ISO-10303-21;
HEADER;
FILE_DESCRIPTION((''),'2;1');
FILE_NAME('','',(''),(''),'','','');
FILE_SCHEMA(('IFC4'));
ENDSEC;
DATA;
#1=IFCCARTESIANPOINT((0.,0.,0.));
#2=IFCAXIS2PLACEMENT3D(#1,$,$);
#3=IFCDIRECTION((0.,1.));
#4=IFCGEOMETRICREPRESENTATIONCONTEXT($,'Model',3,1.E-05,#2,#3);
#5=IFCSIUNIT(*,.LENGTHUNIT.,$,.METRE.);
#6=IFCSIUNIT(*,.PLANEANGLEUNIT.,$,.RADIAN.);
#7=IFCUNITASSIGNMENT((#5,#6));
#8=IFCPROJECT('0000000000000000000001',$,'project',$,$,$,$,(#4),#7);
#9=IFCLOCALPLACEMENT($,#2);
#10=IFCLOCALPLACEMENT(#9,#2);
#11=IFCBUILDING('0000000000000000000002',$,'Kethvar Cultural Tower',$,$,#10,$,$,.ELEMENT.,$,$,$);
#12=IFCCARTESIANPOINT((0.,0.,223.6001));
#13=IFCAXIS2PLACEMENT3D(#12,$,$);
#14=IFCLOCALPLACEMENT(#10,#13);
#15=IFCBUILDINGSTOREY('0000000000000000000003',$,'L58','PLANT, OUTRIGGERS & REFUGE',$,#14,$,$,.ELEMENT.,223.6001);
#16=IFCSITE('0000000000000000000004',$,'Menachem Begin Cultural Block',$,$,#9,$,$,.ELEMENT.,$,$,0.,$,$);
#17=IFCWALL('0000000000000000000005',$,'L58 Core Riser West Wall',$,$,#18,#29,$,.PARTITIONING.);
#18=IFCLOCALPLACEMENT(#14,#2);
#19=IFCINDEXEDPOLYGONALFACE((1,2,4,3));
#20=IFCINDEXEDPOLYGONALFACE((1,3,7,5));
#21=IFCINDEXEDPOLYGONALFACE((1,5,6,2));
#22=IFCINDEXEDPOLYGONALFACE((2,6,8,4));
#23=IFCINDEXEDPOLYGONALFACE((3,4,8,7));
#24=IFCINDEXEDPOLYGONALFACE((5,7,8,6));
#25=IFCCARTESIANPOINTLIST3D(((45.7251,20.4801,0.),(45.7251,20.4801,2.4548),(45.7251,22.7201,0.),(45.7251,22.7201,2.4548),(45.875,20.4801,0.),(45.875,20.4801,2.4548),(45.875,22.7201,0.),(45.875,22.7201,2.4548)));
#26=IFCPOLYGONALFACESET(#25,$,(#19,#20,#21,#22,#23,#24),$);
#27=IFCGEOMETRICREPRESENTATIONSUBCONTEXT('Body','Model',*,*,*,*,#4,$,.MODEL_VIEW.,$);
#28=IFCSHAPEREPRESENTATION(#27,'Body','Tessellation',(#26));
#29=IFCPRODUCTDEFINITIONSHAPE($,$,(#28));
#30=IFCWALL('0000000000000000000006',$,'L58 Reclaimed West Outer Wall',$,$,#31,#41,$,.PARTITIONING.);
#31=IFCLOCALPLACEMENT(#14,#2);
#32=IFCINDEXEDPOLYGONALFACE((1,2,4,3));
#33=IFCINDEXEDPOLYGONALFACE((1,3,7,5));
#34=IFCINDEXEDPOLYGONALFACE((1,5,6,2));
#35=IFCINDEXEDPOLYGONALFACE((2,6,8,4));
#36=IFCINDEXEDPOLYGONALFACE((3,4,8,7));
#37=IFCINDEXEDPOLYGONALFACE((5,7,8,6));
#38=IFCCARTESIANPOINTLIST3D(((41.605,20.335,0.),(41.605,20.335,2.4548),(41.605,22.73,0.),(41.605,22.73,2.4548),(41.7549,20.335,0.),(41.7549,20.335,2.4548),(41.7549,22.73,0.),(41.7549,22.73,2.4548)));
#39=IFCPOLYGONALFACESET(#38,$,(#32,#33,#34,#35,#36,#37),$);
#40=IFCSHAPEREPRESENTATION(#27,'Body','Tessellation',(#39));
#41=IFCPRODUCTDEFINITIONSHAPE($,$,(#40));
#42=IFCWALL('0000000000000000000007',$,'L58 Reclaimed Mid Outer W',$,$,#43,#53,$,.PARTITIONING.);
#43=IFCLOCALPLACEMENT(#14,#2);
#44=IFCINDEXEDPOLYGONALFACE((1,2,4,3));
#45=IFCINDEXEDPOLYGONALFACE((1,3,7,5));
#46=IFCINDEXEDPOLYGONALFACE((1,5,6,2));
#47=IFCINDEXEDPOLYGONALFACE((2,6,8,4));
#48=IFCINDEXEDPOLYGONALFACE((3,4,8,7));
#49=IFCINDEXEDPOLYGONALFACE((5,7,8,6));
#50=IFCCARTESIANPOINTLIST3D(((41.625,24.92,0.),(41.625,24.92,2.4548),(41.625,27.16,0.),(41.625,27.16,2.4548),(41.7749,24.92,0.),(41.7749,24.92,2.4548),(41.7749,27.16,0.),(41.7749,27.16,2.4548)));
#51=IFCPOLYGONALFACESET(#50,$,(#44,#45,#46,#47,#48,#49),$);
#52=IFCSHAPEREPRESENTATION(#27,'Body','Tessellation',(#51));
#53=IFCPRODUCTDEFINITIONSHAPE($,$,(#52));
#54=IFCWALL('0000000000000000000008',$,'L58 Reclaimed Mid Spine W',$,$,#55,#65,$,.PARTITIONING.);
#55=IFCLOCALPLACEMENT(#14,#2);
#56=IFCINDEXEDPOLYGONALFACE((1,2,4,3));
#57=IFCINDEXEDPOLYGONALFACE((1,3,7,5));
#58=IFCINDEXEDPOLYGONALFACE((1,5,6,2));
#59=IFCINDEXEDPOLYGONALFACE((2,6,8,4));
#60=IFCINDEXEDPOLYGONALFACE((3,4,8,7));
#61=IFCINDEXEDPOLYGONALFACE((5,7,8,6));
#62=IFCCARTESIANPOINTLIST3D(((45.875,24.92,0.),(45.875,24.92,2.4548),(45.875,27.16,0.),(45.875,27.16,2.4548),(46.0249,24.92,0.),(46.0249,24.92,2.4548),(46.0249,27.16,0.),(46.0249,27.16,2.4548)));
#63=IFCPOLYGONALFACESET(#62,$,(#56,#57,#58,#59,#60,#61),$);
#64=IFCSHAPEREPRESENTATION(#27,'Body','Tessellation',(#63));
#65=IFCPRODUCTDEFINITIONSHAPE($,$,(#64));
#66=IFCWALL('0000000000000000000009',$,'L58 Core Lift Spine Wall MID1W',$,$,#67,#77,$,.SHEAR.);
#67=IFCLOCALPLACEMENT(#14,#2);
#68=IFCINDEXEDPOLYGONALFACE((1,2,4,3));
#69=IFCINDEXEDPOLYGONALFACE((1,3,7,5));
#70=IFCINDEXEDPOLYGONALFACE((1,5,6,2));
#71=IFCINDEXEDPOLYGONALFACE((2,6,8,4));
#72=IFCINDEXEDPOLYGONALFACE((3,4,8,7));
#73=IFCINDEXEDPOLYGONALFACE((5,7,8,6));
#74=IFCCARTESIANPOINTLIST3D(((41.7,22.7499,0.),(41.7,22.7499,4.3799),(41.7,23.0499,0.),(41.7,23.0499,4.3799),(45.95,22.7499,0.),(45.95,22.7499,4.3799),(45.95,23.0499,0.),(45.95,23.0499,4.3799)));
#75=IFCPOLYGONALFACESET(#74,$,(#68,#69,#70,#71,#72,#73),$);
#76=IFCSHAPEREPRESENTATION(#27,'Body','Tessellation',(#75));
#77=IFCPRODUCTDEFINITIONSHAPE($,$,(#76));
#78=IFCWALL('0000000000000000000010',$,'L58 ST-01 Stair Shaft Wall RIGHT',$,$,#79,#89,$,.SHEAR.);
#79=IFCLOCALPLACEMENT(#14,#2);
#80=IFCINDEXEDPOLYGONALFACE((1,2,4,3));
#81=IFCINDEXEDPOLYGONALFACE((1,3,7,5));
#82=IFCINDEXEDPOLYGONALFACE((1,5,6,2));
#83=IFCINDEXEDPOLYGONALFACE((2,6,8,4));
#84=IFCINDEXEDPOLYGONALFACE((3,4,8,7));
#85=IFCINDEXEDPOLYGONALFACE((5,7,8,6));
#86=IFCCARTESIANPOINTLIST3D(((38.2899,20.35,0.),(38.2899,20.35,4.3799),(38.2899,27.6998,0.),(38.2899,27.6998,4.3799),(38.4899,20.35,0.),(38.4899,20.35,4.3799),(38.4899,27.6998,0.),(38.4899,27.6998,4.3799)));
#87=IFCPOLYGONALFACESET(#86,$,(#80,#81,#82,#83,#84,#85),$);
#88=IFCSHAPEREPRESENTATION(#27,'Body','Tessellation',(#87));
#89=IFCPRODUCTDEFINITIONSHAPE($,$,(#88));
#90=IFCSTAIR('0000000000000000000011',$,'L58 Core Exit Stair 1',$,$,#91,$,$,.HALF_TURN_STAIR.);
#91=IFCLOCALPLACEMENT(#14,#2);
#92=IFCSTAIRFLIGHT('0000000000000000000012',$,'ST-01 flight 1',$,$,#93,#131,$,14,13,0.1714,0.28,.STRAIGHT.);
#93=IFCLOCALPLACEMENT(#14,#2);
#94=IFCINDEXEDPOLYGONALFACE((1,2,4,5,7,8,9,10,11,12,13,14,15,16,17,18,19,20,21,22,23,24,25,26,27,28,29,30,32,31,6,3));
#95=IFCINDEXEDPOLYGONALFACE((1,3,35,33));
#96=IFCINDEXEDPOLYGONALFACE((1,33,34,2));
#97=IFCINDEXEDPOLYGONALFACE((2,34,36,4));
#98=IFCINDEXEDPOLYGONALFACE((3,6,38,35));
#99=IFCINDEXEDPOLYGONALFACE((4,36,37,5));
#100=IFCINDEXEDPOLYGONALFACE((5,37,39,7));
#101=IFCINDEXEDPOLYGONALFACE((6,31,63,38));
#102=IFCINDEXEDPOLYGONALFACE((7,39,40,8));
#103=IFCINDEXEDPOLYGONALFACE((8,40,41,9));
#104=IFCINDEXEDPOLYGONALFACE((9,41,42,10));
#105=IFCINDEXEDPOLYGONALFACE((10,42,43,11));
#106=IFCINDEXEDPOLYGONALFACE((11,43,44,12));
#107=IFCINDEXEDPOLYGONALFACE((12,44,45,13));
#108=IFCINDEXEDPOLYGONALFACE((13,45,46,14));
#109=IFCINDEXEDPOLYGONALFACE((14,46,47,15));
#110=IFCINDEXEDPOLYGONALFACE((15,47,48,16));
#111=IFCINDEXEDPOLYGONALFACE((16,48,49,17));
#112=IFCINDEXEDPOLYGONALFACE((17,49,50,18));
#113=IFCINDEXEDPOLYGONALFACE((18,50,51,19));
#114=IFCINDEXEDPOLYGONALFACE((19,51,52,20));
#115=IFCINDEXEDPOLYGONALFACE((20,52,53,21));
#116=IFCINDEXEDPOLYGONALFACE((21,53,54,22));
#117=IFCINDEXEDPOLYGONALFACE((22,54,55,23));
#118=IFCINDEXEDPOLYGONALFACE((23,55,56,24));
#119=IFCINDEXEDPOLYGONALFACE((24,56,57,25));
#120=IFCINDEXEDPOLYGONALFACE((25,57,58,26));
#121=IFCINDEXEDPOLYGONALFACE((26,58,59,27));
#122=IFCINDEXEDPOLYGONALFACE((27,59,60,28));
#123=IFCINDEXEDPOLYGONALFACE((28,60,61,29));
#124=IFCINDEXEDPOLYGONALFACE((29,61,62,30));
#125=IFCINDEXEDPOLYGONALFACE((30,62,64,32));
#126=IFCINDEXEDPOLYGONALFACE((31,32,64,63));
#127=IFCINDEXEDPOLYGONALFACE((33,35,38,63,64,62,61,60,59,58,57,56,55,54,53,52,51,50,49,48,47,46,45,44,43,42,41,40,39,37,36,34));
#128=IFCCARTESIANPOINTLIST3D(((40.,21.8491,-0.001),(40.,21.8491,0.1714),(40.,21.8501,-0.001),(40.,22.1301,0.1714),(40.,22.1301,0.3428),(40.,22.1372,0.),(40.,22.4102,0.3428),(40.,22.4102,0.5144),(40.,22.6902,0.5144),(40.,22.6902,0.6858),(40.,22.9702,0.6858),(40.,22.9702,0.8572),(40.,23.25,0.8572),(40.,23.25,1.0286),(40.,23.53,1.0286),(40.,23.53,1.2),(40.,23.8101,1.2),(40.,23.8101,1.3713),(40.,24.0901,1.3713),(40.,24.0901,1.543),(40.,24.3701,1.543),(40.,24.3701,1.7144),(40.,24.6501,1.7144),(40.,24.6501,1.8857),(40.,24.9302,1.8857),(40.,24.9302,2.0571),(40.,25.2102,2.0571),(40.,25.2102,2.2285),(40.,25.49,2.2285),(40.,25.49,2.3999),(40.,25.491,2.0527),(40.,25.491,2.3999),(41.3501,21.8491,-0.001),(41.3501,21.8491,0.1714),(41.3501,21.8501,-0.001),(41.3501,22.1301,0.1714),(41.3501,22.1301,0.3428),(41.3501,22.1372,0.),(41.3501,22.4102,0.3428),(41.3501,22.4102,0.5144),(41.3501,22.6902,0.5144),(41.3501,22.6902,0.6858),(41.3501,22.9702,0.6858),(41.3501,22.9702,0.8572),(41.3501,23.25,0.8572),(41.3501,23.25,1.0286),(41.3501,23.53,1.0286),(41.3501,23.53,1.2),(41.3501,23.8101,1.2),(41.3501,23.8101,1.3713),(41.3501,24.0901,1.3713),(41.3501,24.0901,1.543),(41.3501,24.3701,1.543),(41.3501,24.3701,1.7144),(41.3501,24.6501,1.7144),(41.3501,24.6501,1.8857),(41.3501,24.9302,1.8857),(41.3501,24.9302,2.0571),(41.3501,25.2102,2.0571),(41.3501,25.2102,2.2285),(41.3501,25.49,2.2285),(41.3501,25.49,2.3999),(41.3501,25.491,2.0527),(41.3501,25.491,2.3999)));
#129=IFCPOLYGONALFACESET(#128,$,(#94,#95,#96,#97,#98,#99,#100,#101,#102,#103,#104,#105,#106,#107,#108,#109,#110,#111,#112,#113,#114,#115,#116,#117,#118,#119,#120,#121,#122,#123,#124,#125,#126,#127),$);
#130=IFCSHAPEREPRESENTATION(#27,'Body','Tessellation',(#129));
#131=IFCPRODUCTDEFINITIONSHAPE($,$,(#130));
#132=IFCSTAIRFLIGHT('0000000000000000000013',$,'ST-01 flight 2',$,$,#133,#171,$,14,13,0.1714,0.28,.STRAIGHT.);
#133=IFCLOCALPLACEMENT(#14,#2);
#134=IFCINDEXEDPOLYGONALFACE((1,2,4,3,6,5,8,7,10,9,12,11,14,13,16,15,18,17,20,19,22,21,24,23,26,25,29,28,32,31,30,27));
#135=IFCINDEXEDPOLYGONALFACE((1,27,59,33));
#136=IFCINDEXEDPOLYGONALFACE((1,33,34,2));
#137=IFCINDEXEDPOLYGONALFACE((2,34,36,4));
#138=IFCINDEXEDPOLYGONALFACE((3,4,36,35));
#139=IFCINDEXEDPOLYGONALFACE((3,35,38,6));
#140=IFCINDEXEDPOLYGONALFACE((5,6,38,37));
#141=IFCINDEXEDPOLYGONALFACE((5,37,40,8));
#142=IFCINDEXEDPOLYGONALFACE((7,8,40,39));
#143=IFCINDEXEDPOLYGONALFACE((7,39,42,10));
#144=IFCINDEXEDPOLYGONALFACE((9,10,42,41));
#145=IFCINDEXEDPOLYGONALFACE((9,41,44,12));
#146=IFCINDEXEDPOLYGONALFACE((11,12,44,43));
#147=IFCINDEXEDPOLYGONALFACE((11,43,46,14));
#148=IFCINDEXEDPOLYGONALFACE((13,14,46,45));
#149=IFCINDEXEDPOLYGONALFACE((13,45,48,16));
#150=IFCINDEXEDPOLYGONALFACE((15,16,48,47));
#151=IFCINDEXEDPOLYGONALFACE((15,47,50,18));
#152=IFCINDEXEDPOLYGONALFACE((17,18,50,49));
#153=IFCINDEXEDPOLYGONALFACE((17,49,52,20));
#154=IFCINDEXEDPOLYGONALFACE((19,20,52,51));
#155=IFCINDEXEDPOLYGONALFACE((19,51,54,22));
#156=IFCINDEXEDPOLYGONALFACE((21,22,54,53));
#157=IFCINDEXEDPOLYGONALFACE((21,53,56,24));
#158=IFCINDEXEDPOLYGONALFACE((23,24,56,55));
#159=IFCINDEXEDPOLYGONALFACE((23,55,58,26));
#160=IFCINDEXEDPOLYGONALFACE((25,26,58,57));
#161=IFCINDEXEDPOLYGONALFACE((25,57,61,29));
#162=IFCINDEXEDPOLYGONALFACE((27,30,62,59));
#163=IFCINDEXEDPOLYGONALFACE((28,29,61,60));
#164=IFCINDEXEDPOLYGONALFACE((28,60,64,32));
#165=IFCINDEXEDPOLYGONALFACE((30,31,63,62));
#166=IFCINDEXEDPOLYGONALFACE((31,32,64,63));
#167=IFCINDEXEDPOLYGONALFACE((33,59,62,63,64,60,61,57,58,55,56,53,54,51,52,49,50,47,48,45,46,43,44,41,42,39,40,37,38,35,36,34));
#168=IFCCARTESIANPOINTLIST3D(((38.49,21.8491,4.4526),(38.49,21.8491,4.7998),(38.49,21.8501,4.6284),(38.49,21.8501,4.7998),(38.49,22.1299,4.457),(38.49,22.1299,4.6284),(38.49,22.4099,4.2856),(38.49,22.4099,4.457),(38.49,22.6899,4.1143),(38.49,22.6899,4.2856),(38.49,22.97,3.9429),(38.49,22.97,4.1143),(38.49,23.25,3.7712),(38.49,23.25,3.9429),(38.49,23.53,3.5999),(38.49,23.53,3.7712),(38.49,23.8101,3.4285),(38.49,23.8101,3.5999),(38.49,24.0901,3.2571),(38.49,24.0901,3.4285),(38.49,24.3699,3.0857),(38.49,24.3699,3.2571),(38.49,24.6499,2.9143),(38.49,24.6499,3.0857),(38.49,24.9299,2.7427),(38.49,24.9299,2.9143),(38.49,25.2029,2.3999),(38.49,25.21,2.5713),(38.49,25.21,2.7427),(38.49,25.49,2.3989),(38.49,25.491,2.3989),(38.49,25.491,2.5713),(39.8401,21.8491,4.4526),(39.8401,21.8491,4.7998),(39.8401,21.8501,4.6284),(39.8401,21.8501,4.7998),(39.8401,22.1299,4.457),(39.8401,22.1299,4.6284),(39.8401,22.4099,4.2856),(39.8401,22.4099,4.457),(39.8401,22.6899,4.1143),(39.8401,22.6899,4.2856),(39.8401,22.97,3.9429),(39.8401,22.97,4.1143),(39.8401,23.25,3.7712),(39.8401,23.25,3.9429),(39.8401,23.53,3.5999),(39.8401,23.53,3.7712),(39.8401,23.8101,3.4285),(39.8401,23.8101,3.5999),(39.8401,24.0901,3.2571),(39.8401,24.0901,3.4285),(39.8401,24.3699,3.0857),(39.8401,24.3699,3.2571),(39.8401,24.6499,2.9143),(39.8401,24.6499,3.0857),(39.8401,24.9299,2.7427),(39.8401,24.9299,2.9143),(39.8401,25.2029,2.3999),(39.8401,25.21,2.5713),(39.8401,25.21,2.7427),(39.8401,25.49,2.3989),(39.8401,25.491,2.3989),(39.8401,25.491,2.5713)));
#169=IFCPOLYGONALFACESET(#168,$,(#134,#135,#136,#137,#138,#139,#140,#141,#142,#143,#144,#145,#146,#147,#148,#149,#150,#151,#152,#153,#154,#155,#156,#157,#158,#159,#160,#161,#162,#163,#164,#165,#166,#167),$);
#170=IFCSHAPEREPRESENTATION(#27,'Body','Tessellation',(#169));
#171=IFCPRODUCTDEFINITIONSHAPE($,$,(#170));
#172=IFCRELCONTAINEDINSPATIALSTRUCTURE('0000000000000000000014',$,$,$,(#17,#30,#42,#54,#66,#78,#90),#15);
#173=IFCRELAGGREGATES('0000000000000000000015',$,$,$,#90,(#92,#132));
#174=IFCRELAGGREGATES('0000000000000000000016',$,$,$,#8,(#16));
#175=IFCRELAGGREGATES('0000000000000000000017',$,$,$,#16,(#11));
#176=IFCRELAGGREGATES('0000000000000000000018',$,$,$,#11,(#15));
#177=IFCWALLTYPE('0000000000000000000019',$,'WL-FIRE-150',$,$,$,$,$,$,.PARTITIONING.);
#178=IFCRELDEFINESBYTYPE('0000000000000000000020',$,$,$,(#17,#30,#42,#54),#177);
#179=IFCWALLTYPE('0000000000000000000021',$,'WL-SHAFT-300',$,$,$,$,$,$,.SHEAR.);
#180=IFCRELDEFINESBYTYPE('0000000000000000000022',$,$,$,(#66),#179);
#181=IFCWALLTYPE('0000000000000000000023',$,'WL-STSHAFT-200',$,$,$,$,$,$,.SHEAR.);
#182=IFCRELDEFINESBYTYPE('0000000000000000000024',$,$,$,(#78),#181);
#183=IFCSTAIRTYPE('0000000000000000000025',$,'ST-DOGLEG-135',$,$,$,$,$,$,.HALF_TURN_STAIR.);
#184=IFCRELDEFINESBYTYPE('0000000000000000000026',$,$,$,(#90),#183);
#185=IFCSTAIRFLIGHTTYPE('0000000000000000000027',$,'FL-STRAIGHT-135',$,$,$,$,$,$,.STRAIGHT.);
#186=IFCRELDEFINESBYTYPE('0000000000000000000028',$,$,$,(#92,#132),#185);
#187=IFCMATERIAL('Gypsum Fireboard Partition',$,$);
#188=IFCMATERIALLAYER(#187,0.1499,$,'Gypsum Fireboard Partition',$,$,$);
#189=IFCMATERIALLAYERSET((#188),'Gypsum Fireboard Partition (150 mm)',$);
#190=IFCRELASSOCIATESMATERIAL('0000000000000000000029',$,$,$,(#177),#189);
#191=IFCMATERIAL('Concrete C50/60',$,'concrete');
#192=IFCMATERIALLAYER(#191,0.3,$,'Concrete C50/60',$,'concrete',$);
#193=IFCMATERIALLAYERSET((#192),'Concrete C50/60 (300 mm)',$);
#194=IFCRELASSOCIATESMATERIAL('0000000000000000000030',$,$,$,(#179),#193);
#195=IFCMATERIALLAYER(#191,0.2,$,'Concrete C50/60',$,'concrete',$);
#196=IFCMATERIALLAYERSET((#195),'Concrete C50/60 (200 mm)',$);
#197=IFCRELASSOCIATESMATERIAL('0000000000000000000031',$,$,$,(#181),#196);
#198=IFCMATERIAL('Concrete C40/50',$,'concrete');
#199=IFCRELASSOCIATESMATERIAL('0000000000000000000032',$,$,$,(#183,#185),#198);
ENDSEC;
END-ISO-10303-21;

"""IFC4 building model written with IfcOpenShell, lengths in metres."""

from ifc_helpers import new_model, si_unit, direction, frame, frame_2d, origin, place, context, subcontext, project, spatial, polyline, rectangle, outline, extrude, material, layer, layer_set, type_object, element, aggregate, save


model = new_model("IFC4")

# Units and contexts
model_context = context("Model", 3, precision=1e-05, world=origin(), true_north=direction((0.0, 1.0)))
body_context = subcontext(model_context, "Body", "Model", "MODEL_VIEW")
ifc_project = project(units=[si_unit("LENGTHUNIT", "METRE"), si_unit("PLANEANGLEUNIT", "RADIAN")], contexts=[model_context])

# Site, building, storey
site_placement = place(None, origin())
site = spatial("IfcSite", under=ifc_project, at=site_placement, Name="Menachem Begin Cultural Block", CompositionType="ELEMENT", RefElevation=0.0)
building_placement = place(site_placement, origin())
building = spatial("IfcBuilding", under=site, at=building_placement, Name="Kethvar Cultural Tower", CompositionType="ELEMENT")
storey_placement = place(building_placement, frame((0.0, 0.0, 223.6001)))
storey = spatial("IfcBuildingStorey", under=building, at=storey_placement, Name="L58", Description="PLANT, OUTRIGGERS & REFUGE", CompositionType="ELEMENT", Elevation=223.6001)

# Shared definitions
ifc_material_1 = material(Name="Gypsum Fireboard Partition")
ifc_layer_1 = layer(ifc_material_1, 0.1499, Name="Gypsum Fireboard Partition")
ifc_layer_set_1 = layer_set([ifc_layer_1], Name="Gypsum Fireboard Partition (150 mm)")
wall_type_1 = type_object("IfcWallType", Name="WL-FIRE-150", PredefinedType="PARTITIONING", material=ifc_layer_set_1)

# Walls
wall_1_placement = place(storey_placement, frame((45.8, 20.48, 0.0), z_axis=(0.0, 0.0, 1.0), x_axis=(0.0, 1.0, 0.0)))
element("IfcWall", 1, at=wall_1_placement, inside=storey, type_object=wall_type_1, Name="L58 Core Riser West Wall", PredefinedType="PARTITIONING", context=body_context, shape_type="SweptSolid", body=[
    extrude(rectangle(XDim=2.24, YDim=0.1499, at=frame_2d((1.1201, 0.0))), origin(), (0.0, 0.0, 1.0), 2.4548),
])
wall_2_placement = place(storey_placement, frame((41.6799, 20.335, 0.0), z_axis=(0.0, 0.0, 1.0), x_axis=(0.0, 1.0, 0.0)))
element("IfcWall", 2, at=wall_2_placement, inside=storey, type_object=wall_type_1, Name="L58 Reclaimed West Outer Wall", PredefinedType="PARTITIONING", context=body_context, shape_type="SweptSolid", body=[
    extrude(rectangle(XDim=2.395, YDim=0.1499, at=frame_2d((1.1975, 0.0))), origin(), (0.0, 0.0, 1.0), 2.4548),
])
for number, where, z_axis, x_axis, name in (
    (3, (41.7, 24.9199, 0.0), (0.0, 0.0, 1.0), (0.0, 1.0, 0.0), "L58 Reclaimed Mid Outer W"),
    (4, (45.95, 24.9199, 0.0), (0.0, 0.0, 1.0), (0.0, 1.0, 0.0), "L58 Reclaimed Mid Spine W"),
):
    element("IfcWall", number, at=place(storey_placement, frame(where, z_axis=z_axis, x_axis=x_axis)), inside=storey, type_object=wall_type_1, Name=name, PredefinedType="PARTITIONING", context=body_context, shape_type="SweptSolid", body=[
        extrude(rectangle(XDim=2.24, YDim=0.1499, at=frame_2d((1.1201, 0.0))), origin(), (0.0, 0.0, 1.0), 2.4548),
    ])
ifc_material_2 = material(Name="Concrete C50/60", Category="concrete")
ifc_layer_2 = layer(ifc_material_2, 0.3, Name="Concrete C50/60", Category="concrete")
ifc_layer_set_2 = layer_set([ifc_layer_2], Name="Concrete C50/60 (300 mm)")
wall_type_2 = type_object("IfcWallType", Name="WL-SHAFT-300", PredefinedType="SHEAR", material=ifc_layer_set_2)
wall_3_placement = place(storey_placement, frame((41.7, 22.8999, 0.0), z_axis=(0.0, 0.0, 1.0), x_axis=(1.0, 0.0, 0.0)))
element("IfcWall", 5, at=wall_3_placement, inside=storey, type_object=wall_type_2, Name="L58 Core Lift Spine Wall MID1W", PredefinedType="SHEAR", context=body_context, shape_type="SweptSolid", body=[
    extrude(rectangle(XDim=4.25, YDim=0.3, at=frame_2d((2.125, 0.0))), origin(), (0.0, 0.0, 1.0), 4.3799),
])

# Wall
ifc_layer_3 = layer(ifc_material_2, 0.2, Name="Concrete C50/60", Category="concrete")
ifc_layer_set_3 = layer_set([ifc_layer_3], Name="Concrete C50/60 (200 mm)")
wall_type_3 = type_object("IfcWallType", Name="WL-STSHAFT-200", PredefinedType="SHEAR", material=ifc_layer_set_3)
wall_4_placement = place(storey_placement, frame((38.3899, 20.3501, 0.0), z_axis=(0.0, 0.0, 1.0), x_axis=(0.0, 1.0, 0.0)))
element("IfcWall", 6, at=wall_4_placement, inside=storey, type_object=wall_type_3, Name="L58 ST-01 Stair Shaft Wall RIGHT", PredefinedType="SHEAR", context=body_context, shape_type="SweptSolid", body=[
    extrude(rectangle(XDim=7.3499, YDim=0.2, at=frame_2d((3.6748, 0.0))), origin(), (0.0, 0.0, 1.0), 4.3799),
])

# Stair, stair flights
ifc_material_3 = material(Name="Concrete C40/50", Category="concrete")
stair_type = type_object("IfcStairType", Name="ST-DOGLEG-135", PredefinedType="HALF_TURN_STAIR", material=ifc_material_3)
stair_placement = place(storey_placement, origin())
stair = element("IfcStair", 7, at=stair_placement, inside=storey, type_object=stair_type, Name="L58 Core Exit Stair 1", PredefinedType="HALF_TURN_STAIR")
stair_flight_type = type_object("IfcStairFlightType", Name="FL-STRAIGHT-135", PredefinedType="STRAIGHT", material=ifc_material_3)
stair_flight_1_placement = place(storey_placement, frame((40.675, 21.8501, 0.0), z_axis=(0.0, 0.0, 1.0), x_axis=(0.0, 1.0, 0.0)))
stair_flight_1 = element("IfcStairFlight", 8, at=stair_flight_1_placement, type_object=stair_flight_type, Name="ST-01 flight 1", NumberOfRisers=14, NumberOfTreads=13, PredefinedType="STRAIGHT", RiserHeight=0.1714, TreadLength=0.28, context=body_context, shape_type="SweptSolid", body=[
    extrude(outline(polyline([(-0.001, -0.001), (-0.001, 0.1714), (0.28, 0.1714), (0.28, 0.3428), (0.5601, 0.3428), (0.5601, 0.5144), (0.8401, 0.5144), (0.8401, 0.6858), (1.1201, 0.6858), (1.1201, 0.8572), (1.3999, 0.8572), (1.3999, 1.0286), (1.6799, 1.0286), (1.6799, 1.2), (1.96, 1.2), (1.96, 1.3713), (2.24, 1.3713), (2.24, 1.543), (2.52, 1.543), (2.52, 1.7144), (2.8, 1.7144), (2.8, 1.8857), (3.0801, 1.8857), (3.0801, 2.0571), (3.3601, 2.0571), (3.3601, 2.2285), (3.6399, 2.2285), (3.6399, 2.3999), (3.6409, 2.3999), (3.6409, 2.0527), (0.2871, 0.0), (0.0, -0.001), (-0.001, -0.001)])), frame((0.0, 0.675, 0.0), z_axis=(0.0, -1.0, 0.0), x_axis=(1.0, 0.0, 0.0)), (0.0, 0.0, 1.0), 1.3501),
])
stair_flight_2_placement = place(storey_placement, frame((39.165, 25.49, 2.3999), z_axis=(0.0, 0.0, 1.0), x_axis=(0.0, -1.0, 0.0)))
stair_flight_2 = element("IfcStairFlight", 9, at=stair_flight_2_placement, type_object=stair_flight_type, Name="ST-01 flight 2", NumberOfRisers=14, NumberOfTreads=13, PredefinedType="STRAIGHT", RiserHeight=0.1714, TreadLength=0.28, context=body_context, shape_type="SweptSolid", body=[
    extrude(outline(polyline([(-0.001, -0.001), (-0.001, 0.1714), (0.28, 0.1714), (0.28, 0.3428), (0.5601, 0.3428), (0.5601, 0.5144), (0.8401, 0.5144), (0.8401, 0.6858), (1.1201, 0.6858), (1.1201, 0.8572), (1.3999, 0.8572), (1.3999, 1.0286), (1.6799, 1.0286), (1.6799, 1.2), (1.96, 1.2), (1.96, 1.3713), (2.24, 1.3713), (2.24, 1.543), (2.52, 1.543), (2.52, 1.7144), (2.8, 1.7144), (2.8, 1.8857), (3.0801, 1.8857), (3.0801, 2.0571), (3.3601, 2.0571), (3.3601, 2.2285), (3.6399, 2.2285), (3.6399, 2.3999), (3.6409, 2.3999), (3.6409, 2.0527), (0.2871, 0.0), (0.0, -0.001), (-0.001, -0.001)])), frame((0.0, 0.675, 0.0), z_axis=(0.0, -1.0, 0.0), x_axis=(1.0, 0.0, 0.0)), (0.0, 0.0, 1.0), 1.3501),
])
aggregate(stair, [stair_flight_1, stair_flight_2])

save(model, "model.ifc")
